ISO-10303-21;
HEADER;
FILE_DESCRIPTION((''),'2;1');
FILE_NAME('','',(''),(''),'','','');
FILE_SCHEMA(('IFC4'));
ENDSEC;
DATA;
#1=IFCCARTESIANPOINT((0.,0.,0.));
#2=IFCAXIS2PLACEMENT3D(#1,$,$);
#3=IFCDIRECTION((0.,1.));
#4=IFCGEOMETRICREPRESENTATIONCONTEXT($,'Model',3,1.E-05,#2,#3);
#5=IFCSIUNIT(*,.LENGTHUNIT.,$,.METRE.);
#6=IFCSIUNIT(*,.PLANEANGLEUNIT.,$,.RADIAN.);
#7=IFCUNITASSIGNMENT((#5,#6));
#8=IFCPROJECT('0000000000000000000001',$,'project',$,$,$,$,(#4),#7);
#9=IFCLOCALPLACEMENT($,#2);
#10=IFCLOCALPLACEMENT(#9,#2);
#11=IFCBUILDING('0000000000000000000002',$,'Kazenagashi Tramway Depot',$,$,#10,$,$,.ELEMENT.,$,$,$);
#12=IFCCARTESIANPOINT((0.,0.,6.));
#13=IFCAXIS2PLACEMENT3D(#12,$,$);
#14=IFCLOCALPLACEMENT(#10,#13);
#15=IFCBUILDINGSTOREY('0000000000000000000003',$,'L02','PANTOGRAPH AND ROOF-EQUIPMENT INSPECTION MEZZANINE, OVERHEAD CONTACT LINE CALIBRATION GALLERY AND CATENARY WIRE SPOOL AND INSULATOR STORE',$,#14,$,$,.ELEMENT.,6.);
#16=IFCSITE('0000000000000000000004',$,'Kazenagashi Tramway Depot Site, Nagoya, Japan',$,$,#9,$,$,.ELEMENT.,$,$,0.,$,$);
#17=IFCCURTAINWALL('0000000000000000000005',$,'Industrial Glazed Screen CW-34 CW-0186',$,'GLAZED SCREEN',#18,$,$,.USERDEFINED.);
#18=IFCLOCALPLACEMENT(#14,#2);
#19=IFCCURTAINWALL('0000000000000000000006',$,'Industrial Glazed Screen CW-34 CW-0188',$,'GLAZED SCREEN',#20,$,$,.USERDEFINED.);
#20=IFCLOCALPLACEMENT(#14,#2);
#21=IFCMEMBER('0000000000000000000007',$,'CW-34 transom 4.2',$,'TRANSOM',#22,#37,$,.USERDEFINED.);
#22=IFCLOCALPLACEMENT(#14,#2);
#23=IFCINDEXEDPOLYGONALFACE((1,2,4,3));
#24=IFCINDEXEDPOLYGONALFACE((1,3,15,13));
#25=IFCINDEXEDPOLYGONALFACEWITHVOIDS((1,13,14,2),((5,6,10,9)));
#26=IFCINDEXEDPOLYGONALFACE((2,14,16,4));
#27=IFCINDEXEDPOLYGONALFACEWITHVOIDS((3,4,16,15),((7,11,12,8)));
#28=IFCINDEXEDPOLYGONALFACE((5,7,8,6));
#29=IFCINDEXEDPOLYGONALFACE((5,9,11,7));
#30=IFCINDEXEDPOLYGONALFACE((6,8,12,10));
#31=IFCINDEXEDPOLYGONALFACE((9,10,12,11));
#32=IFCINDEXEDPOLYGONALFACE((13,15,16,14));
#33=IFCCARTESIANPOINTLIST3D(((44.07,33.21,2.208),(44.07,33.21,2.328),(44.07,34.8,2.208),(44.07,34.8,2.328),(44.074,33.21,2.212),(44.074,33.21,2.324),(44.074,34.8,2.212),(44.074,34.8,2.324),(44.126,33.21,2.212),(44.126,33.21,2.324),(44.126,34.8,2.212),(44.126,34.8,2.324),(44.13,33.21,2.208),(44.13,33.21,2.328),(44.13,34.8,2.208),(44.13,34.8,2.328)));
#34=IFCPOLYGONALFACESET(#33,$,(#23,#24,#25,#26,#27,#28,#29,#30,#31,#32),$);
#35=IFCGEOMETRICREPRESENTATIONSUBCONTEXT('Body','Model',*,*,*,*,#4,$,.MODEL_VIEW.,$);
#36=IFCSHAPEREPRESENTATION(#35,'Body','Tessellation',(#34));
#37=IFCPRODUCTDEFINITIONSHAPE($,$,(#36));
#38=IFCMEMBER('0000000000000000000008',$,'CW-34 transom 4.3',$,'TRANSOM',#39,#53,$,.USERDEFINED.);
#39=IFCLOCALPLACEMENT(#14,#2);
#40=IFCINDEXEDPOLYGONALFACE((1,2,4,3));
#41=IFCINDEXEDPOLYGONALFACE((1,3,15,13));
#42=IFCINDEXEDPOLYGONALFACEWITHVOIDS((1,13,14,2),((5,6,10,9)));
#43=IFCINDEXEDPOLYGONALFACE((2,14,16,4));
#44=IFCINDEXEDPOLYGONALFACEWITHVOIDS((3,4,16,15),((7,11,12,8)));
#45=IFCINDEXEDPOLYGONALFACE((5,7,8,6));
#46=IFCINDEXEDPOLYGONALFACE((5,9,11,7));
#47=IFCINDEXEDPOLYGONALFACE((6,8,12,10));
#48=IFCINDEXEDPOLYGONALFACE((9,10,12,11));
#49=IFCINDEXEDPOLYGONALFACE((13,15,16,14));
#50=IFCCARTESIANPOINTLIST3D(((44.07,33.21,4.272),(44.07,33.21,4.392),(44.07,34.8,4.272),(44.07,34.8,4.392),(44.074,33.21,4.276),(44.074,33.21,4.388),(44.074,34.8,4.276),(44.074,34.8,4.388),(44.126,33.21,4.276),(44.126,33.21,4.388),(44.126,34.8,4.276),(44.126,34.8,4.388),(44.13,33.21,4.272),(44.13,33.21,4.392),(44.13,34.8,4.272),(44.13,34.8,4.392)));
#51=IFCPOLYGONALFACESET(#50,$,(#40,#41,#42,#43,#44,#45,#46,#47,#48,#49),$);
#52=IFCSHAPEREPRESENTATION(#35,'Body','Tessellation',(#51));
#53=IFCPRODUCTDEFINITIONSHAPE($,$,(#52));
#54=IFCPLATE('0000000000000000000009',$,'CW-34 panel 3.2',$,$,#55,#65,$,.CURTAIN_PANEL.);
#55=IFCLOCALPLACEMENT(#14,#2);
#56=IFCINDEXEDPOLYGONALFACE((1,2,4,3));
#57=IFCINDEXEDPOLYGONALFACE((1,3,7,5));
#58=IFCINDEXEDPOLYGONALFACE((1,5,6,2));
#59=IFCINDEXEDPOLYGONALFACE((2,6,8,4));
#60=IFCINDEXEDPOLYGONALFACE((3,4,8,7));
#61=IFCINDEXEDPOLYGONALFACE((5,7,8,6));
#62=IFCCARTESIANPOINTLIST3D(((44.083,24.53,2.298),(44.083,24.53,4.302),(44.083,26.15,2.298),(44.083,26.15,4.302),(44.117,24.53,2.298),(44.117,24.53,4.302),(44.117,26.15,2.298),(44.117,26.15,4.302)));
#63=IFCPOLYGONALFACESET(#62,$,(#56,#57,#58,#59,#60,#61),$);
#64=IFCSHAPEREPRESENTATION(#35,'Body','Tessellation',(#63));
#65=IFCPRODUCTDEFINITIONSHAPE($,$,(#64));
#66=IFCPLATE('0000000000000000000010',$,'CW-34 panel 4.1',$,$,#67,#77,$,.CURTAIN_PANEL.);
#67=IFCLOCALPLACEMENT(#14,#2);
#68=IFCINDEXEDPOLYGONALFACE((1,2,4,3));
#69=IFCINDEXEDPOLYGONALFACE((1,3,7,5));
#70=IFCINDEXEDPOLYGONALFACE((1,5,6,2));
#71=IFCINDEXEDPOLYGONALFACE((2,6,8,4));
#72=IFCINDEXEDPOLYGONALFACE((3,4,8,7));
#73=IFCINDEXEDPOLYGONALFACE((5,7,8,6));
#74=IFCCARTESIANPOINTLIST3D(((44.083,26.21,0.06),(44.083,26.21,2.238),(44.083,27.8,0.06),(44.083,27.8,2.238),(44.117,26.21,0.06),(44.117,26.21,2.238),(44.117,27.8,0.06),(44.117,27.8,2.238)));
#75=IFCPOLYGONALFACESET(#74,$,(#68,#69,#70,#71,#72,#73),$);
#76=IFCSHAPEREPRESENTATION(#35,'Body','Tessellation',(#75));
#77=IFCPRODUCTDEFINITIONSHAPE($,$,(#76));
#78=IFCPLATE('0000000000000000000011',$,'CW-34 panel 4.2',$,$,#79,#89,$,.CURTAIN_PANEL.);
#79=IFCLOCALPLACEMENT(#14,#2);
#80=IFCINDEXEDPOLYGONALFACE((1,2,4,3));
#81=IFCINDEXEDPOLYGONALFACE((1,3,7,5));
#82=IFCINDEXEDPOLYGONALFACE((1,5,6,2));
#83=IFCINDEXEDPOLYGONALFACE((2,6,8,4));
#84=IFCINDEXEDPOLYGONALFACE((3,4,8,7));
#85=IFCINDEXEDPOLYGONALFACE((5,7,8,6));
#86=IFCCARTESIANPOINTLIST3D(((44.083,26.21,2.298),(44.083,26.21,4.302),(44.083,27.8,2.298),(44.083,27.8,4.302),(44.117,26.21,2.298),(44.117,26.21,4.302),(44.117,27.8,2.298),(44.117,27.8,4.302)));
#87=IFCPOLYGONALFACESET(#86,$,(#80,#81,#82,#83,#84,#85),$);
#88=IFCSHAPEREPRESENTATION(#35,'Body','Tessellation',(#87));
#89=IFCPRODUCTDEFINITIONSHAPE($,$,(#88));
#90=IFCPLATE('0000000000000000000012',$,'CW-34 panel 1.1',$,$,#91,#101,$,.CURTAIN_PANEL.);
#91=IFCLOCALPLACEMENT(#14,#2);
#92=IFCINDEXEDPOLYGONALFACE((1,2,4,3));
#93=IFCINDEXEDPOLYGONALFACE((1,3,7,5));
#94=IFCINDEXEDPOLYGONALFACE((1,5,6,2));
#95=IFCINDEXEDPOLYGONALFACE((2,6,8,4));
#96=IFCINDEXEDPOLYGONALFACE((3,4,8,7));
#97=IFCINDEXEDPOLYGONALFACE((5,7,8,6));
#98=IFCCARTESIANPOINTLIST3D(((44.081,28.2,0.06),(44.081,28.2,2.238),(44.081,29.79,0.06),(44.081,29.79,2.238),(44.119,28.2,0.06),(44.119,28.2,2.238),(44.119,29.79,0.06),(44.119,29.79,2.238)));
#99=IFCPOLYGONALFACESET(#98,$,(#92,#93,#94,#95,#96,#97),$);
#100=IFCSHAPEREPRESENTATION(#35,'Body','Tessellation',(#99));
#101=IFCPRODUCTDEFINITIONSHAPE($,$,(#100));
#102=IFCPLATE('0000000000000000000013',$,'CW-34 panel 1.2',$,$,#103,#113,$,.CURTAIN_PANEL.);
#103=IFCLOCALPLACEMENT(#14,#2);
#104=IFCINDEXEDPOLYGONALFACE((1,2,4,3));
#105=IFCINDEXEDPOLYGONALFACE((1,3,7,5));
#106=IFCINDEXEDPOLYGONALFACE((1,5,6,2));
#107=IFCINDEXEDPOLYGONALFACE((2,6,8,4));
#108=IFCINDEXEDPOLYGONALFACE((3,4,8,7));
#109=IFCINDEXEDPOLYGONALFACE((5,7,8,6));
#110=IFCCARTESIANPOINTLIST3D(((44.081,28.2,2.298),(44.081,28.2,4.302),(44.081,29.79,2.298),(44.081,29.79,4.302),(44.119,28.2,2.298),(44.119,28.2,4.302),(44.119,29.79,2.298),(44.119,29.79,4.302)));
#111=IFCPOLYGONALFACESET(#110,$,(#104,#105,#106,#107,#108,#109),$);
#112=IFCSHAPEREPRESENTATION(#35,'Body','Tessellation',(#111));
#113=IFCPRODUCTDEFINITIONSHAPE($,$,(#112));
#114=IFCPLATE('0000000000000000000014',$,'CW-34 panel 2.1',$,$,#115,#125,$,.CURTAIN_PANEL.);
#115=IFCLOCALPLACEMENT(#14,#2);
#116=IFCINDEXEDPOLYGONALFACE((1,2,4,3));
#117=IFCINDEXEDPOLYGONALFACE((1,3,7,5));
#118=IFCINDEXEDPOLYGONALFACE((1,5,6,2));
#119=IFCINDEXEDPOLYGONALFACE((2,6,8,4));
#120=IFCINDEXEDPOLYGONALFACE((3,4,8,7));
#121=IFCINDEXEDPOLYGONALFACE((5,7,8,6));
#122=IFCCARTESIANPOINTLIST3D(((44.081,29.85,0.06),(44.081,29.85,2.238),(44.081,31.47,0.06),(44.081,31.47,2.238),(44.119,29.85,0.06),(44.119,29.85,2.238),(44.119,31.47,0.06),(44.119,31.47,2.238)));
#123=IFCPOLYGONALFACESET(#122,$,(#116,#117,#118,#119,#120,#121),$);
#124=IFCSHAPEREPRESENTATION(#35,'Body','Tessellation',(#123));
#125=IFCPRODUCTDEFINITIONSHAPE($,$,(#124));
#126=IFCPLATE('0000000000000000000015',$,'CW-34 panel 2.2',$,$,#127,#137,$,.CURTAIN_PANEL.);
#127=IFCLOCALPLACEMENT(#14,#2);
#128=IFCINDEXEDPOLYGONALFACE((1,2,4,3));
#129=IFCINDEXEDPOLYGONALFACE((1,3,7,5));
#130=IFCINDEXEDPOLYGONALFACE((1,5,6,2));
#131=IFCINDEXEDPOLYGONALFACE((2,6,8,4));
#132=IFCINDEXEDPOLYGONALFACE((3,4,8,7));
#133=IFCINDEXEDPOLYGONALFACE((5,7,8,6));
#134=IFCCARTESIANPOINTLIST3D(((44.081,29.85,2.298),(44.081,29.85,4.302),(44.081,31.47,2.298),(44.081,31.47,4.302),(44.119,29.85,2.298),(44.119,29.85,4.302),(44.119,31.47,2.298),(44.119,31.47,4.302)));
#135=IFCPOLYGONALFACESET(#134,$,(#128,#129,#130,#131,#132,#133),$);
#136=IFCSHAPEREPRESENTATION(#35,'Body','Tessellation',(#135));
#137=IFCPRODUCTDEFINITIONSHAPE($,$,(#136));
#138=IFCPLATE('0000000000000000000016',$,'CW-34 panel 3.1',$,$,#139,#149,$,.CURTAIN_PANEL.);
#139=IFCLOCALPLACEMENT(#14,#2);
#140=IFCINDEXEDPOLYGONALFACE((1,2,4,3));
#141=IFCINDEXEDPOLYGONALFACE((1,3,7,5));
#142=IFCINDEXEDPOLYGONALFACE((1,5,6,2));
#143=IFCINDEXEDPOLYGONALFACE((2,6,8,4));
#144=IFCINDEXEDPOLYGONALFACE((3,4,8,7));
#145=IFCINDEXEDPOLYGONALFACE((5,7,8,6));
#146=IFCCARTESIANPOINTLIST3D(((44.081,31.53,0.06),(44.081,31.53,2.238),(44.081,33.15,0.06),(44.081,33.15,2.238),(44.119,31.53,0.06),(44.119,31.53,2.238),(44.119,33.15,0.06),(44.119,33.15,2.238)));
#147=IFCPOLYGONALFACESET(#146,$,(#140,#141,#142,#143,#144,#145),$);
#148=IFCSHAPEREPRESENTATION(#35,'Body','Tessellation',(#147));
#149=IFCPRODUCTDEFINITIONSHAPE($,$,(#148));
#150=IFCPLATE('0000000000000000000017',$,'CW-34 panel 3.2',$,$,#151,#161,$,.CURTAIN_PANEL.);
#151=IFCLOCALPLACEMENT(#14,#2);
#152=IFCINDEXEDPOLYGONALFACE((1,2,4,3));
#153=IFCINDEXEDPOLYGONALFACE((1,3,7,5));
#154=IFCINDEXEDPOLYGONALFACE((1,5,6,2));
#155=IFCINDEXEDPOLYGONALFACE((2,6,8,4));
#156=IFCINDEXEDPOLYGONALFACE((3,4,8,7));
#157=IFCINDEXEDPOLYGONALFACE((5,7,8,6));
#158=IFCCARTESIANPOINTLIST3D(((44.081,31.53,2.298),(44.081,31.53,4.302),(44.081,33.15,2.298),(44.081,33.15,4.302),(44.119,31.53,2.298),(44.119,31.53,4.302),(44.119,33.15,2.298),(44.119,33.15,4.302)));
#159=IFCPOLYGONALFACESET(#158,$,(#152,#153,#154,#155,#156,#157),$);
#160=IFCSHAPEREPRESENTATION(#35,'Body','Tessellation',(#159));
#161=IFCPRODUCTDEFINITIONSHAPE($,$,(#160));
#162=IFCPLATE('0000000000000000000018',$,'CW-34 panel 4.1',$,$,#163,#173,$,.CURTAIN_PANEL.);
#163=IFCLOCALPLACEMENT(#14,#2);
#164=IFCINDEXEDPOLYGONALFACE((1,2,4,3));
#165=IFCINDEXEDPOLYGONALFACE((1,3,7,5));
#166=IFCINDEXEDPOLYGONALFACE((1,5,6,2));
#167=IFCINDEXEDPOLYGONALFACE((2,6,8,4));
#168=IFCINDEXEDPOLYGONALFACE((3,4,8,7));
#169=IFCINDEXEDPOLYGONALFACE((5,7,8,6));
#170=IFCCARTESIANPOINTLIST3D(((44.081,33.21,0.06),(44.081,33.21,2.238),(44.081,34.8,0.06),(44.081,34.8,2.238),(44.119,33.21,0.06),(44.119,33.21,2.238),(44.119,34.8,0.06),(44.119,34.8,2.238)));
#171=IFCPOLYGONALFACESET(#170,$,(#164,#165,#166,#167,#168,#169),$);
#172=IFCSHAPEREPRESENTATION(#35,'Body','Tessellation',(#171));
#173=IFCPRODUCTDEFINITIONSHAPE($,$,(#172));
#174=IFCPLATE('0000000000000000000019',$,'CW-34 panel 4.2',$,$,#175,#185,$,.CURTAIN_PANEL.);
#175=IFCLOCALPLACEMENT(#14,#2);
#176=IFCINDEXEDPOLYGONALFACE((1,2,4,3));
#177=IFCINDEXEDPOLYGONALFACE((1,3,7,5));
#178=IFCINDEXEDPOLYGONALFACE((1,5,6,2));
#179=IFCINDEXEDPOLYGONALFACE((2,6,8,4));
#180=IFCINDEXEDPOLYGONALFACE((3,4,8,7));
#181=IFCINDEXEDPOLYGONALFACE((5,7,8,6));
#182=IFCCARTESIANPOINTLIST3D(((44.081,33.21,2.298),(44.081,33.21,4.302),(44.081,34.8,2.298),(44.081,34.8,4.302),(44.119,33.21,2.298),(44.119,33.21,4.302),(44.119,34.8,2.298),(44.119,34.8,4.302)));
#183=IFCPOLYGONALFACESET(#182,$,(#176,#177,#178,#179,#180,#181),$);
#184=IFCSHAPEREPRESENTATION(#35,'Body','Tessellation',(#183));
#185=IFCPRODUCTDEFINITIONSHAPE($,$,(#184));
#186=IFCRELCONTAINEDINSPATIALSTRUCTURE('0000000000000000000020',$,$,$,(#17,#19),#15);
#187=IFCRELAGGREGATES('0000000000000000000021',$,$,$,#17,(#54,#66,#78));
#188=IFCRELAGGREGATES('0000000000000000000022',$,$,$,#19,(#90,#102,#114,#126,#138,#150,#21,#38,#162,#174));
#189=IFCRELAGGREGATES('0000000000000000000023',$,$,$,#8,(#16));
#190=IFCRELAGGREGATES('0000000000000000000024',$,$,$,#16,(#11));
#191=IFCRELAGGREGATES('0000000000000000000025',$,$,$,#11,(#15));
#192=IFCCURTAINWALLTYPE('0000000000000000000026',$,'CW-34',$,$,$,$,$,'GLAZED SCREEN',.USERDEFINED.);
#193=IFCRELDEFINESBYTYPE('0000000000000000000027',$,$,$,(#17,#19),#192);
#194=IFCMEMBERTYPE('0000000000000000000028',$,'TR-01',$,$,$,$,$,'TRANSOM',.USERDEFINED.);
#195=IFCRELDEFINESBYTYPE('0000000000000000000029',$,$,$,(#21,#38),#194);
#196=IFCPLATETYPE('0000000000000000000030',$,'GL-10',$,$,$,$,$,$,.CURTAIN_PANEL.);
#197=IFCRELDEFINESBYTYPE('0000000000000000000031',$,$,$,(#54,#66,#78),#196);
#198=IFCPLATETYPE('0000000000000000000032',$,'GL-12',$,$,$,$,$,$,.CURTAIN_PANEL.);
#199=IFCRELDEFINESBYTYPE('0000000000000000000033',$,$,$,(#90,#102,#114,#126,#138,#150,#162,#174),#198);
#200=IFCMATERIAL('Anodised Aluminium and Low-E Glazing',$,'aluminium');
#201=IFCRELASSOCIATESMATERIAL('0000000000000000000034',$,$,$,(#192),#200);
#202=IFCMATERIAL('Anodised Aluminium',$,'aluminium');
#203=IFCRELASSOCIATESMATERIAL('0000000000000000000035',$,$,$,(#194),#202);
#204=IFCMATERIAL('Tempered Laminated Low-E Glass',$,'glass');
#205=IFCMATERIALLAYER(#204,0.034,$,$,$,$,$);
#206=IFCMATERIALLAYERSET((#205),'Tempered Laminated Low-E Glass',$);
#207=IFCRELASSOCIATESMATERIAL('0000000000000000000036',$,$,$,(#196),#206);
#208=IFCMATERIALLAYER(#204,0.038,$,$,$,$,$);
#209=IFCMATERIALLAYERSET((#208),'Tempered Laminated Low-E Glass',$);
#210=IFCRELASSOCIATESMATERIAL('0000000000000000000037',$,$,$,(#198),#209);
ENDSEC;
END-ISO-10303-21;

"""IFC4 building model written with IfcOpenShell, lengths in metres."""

from ifc_helpers import new_model, si_unit, direction, frame, origin, origin_2d, place, context, subcontext, project, spatial, rectangle, hollow_rectangle, extrude, material, layer, layer_set, material_profile, profile_set, type_object, element, aggregate, save


model = new_model("IFC4")

# Units and contexts
model_context = context("Model", 3, precision=1e-05, world=origin(), true_north=direction((0.0, 1.0)))
body_context = subcontext(model_context, "Body", "Model", "MODEL_VIEW")
ifc_project = project(units=[si_unit("LENGTHUNIT", "METRE"), si_unit("PLANEANGLEUNIT", "RADIAN")], contexts=[model_context])

# Site, building, storey
site_placement = place(None, origin())
site = spatial("IfcSite", under=ifc_project, at=site_placement, Name="Kazenagashi Tramway Depot Site, Nagoya, Japan", CompositionType="ELEMENT", RefElevation=0.0)
building_placement = place(site_placement, origin())
building = spatial("IfcBuilding", under=site, at=building_placement, Name="Kazenagashi Tramway Depot", CompositionType="ELEMENT")
storey_placement = place(building_placement, frame((0.0, 0.0, 6.0)))
storey = spatial("IfcBuildingStorey", under=building, at=storey_placement, Name="L02", Description="PANTOGRAPH AND ROOF-EQUIPMENT INSPECTION MEZZANINE, OVERHEAD CONTACT LINE CALIBRATION GALLERY AND CATENARY WIRE SPOOL AND INSULATOR STORE", CompositionType="ELEMENT", Elevation=6.0)

# Curtain walls
ifc_material_1 = material(Name="Anodised Aluminium and Low-E Glazing", Category="aluminium")
curtain_wall_type = type_object("IfcCurtainWallType", Name="CW-34", ElementType="GLAZED SCREEN", PredefinedType="USERDEFINED", material=ifc_material_1)
curtain_wall_1_placement = place(storey_placement, origin())
curtain_wall_1 = element("IfcCurtainWall", 1, at=curtain_wall_1_placement, inside=storey, type_object=curtain_wall_type, Name="Industrial Glazed Screen CW-34 CW-0186", ObjectType="GLAZED SCREEN", PredefinedType="USERDEFINED")
ifc_material_2 = material(Name="Anodised Aluminium", Category="aluminium")
curtain_wall_2_placement = place(storey_placement, origin())
curtain_wall_2 = element("IfcCurtainWall", 2, at=curtain_wall_2_placement, inside=storey, type_object=curtain_wall_type, Name="Industrial Glazed Screen CW-34 CW-0188", ObjectType="GLAZED SCREEN", PredefinedType="USERDEFINED")

# Members
ifc_material_profile_1 = material_profile(ifc_material_2, hollow_rectangle(XDim=0.06, YDim=0.12, WallThickness=0.004, at=origin_2d()), Name="RHS-120x60x4")
ifc_profile_set_1 = profile_set([ifc_material_profile_1], Name="Anodised Aluminium")
member_type_1 = type_object("IfcMemberType", Name="TR-01", ElementType="TRANSOM", PredefinedType="USERDEFINED", material=ifc_profile_set_1)
member_1_placement = place(storey_placement, frame((44.1, 33.21, 2.268), z_axis=(0.0, 1.0, 0.0), x_axis=(-1.0, 0.0, 0.0)))
member_1 = element("IfcMember", 3, at=member_1_placement, type_object=member_type_1, Name="CW-34 transom 4.2", ObjectType="TRANSOM", PredefinedType="USERDEFINED", context=body_context, shape_type="SweptSolid", body=[
    extrude(hollow_rectangle(XDim=0.06, YDim=0.12, WallThickness=0.004, at=origin_2d()), origin(), (0.0, 0.0, 1.0), 1.59),
])
member_2_placement = place(storey_placement, frame((44.1, 33.21, 4.332), z_axis=(0.0, 1.0, 0.0), x_axis=(-1.0, 0.0, 0.0)))
member_2 = element("IfcMember", 4, at=member_2_placement, type_object=member_type_1, Name="CW-34 transom 4.3", ObjectType="TRANSOM", PredefinedType="USERDEFINED", context=body_context, shape_type="SweptSolid", body=[
    extrude(hollow_rectangle(XDim=0.06, YDim=0.12, WallThickness=0.004, at=origin_2d()), origin(), (0.0, 0.0, 1.0), 1.59),
])

# Plates
ifc_material_3 = material(Name="Tempered Laminated Low-E Glass", Category="glass")
ifc_layer_1 = layer(ifc_material_3, 0.034)
ifc_layer_set_1 = layer_set([ifc_layer_1], Name="Tempered Laminated Low-E Glass")
plate_type_1 = type_object("IfcPlateType", Name="GL-10", PredefinedType="CURTAIN_PANEL", material=ifc_layer_set_1)
plate_1_placement = place(storey_placement, frame((44.1, 25.34, 2.298), z_axis=(0.0, 0.0, 1.0), x_axis=(0.0, 1.0, 0.0)))
plate_1 = element("IfcPlate", 5, at=plate_1_placement, type_object=plate_type_1, Name="CW-34 panel 3.2", PredefinedType="CURTAIN_PANEL", context=body_context, shape_type="SweptSolid", body=[
    extrude(rectangle(XDim=1.62, YDim=0.034, at=origin_2d()), origin(), (0.0, 0.0, 1.0), 2.004),
])
plate_2_placement = place(storey_placement, frame((44.1, 27.005, 0.06), z_axis=(0.0, 0.0, 1.0), x_axis=(0.0, 1.0, 0.0)))
plate_2 = element("IfcPlate", 6, at=plate_2_placement, type_object=plate_type_1, Name="CW-34 panel 4.1", PredefinedType="CURTAIN_PANEL", context=body_context, shape_type="SweptSolid", body=[
    extrude(rectangle(XDim=1.59, YDim=0.034, at=origin_2d()), origin(), (0.0, 0.0, 1.0), 2.178),
])
plate_3_placement = place(storey_placement, frame((44.1, 27.005, 2.298), z_axis=(0.0, 0.0, 1.0), x_axis=(0.0, 1.0, 0.0)))
plate_3 = element("IfcPlate", 7, at=plate_3_placement, type_object=plate_type_1, Name="CW-34 panel 4.2", PredefinedType="CURTAIN_PANEL", context=body_context, shape_type="SweptSolid", body=[
    extrude(rectangle(XDim=1.59, YDim=0.034, at=origin_2d()), origin(), (0.0, 0.0, 1.0), 2.004),
])
aggregate(curtain_wall_1, [plate_1, plate_2, plate_3])
ifc_layer_2 = layer(ifc_material_3, 0.038)
ifc_layer_set_2 = layer_set([ifc_layer_2], Name="Tempered Laminated Low-E Glass")
plate_type_2 = type_object("IfcPlateType", Name="GL-12", PredefinedType="CURTAIN_PANEL", material=ifc_layer_set_2)
plate_4_placement = place(storey_placement, frame((44.1, 28.995, 0.06), z_axis=(0.0, 0.0, 1.0), x_axis=(0.0, 1.0, 0.0)))
plate_4 = element("IfcPlate", 8, at=plate_4_placement, type_object=plate_type_2, Name="CW-34 panel 1.1", PredefinedType="CURTAIN_PANEL", context=body_context, shape_type="SweptSolid", body=[
    extrude(rectangle(XDim=1.59, YDim=0.038, at=origin_2d()), origin(), (0.0, 0.0, 1.0), 2.178),
])
plate_5_placement = place(storey_placement, frame((44.1, 28.995, 2.298), z_axis=(0.0, 0.0, 1.0), x_axis=(0.0, 1.0, 0.0)))
plate_5 = element("IfcPlate", 9, at=plate_5_placement, type_object=plate_type_2, Name="CW-34 panel 1.2", PredefinedType="CURTAIN_PANEL", context=body_context, shape_type="SweptSolid", body=[
    extrude(rectangle(XDim=1.59, YDim=0.038, at=origin_2d()), origin(), (0.0, 0.0, 1.0), 2.004),
])
plate_6_placement = place(storey_placement, frame((44.1, 30.66, 0.06), z_axis=(0.0, 0.0, 1.0), x_axis=(0.0, 1.0, 0.0)))
plate_6 = element("IfcPlate", 10, at=plate_6_placement, type_object=plate_type_2, Name="CW-34 panel 2.1", PredefinedType="CURTAIN_PANEL", context=body_context, shape_type="SweptSolid", body=[
    extrude(rectangle(XDim=1.62, YDim=0.038, at=origin_2d()), origin(), (0.0, 0.0, 1.0), 2.178),
])
plate_7_placement = place(storey_placement, frame((44.1, 30.66, 2.298), z_axis=(0.0, 0.0, 1.0), x_axis=(0.0, 1.0, 0.0)))
plate_7 = element("IfcPlate", 11, at=plate_7_placement, type_object=plate_type_2, Name="CW-34 panel 2.2", PredefinedType="CURTAIN_PANEL", context=body_context, shape_type="SweptSolid", body=[
    extrude(rectangle(XDim=1.62, YDim=0.038, at=origin_2d()), origin(), (0.0, 0.0, 1.0), 2.004),
])
plate_8_placement = place(storey_placement, frame((44.1, 32.34, 0.06), z_axis=(0.0, 0.0, 1.0), x_axis=(0.0, 1.0, 0.0)))
plate_8 = element("IfcPlate", 12, at=plate_8_placement, type_object=plate_type_2, Name="CW-34 panel 3.1", PredefinedType="CURTAIN_PANEL", context=body_context, shape_type="SweptSolid", body=[
    extrude(rectangle(XDim=1.62, YDim=0.038, at=origin_2d()), origin(), (0.0, 0.0, 1.0), 2.178),
])
plate_9_placement = place(storey_placement, frame((44.1, 32.34, 2.298), z_axis=(0.0, 0.0, 1.0), x_axis=(0.0, 1.0, 0.0)))
plate_9 = element("IfcPlate", 13, at=plate_9_placement, type_object=plate_type_2, Name="CW-34 panel 3.2", PredefinedType="CURTAIN_PANEL", context=body_context, shape_type="SweptSolid", body=[
    extrude(rectangle(XDim=1.62, YDim=0.038, at=origin_2d()), origin(), (0.0, 0.0, 1.0), 2.004),
])
plate_10_placement = place(storey_placement, frame((44.1, 34.005, 0.06), z_axis=(0.0, 0.0, 1.0), x_axis=(0.0, 1.0, 0.0)))
plate_10 = element("IfcPlate", 14, at=plate_10_placement, type_object=plate_type_2, Name="CW-34 panel 4.1", PredefinedType="CURTAIN_PANEL", context=body_context, shape_type="SweptSolid", body=[
    extrude(rectangle(XDim=1.59, YDim=0.038, at=origin_2d()), origin(), (0.0, 0.0, 1.0), 2.178),
])
plate_11_placement = place(storey_placement, frame((44.1, 34.005, 2.298), z_axis=(0.0, 0.0, 1.0), x_axis=(0.0, 1.0, 0.0)))
plate_11 = element("IfcPlate", 15, at=plate_11_placement, type_object=plate_type_2, Name="CW-34 panel 4.2", PredefinedType="CURTAIN_PANEL", context=body_context, shape_type="SweptSolid", body=[
    extrude(rectangle(XDim=1.59, YDim=0.038, at=origin_2d()), origin(), (0.0, 0.0, 1.0), 2.004),
])
aggregate(curtain_wall_2, [plate_4, plate_5, plate_6, plate_7, plate_8, plate_9, member_1, member_2, plate_10, plate_11])

save(model, "model.ifc")
